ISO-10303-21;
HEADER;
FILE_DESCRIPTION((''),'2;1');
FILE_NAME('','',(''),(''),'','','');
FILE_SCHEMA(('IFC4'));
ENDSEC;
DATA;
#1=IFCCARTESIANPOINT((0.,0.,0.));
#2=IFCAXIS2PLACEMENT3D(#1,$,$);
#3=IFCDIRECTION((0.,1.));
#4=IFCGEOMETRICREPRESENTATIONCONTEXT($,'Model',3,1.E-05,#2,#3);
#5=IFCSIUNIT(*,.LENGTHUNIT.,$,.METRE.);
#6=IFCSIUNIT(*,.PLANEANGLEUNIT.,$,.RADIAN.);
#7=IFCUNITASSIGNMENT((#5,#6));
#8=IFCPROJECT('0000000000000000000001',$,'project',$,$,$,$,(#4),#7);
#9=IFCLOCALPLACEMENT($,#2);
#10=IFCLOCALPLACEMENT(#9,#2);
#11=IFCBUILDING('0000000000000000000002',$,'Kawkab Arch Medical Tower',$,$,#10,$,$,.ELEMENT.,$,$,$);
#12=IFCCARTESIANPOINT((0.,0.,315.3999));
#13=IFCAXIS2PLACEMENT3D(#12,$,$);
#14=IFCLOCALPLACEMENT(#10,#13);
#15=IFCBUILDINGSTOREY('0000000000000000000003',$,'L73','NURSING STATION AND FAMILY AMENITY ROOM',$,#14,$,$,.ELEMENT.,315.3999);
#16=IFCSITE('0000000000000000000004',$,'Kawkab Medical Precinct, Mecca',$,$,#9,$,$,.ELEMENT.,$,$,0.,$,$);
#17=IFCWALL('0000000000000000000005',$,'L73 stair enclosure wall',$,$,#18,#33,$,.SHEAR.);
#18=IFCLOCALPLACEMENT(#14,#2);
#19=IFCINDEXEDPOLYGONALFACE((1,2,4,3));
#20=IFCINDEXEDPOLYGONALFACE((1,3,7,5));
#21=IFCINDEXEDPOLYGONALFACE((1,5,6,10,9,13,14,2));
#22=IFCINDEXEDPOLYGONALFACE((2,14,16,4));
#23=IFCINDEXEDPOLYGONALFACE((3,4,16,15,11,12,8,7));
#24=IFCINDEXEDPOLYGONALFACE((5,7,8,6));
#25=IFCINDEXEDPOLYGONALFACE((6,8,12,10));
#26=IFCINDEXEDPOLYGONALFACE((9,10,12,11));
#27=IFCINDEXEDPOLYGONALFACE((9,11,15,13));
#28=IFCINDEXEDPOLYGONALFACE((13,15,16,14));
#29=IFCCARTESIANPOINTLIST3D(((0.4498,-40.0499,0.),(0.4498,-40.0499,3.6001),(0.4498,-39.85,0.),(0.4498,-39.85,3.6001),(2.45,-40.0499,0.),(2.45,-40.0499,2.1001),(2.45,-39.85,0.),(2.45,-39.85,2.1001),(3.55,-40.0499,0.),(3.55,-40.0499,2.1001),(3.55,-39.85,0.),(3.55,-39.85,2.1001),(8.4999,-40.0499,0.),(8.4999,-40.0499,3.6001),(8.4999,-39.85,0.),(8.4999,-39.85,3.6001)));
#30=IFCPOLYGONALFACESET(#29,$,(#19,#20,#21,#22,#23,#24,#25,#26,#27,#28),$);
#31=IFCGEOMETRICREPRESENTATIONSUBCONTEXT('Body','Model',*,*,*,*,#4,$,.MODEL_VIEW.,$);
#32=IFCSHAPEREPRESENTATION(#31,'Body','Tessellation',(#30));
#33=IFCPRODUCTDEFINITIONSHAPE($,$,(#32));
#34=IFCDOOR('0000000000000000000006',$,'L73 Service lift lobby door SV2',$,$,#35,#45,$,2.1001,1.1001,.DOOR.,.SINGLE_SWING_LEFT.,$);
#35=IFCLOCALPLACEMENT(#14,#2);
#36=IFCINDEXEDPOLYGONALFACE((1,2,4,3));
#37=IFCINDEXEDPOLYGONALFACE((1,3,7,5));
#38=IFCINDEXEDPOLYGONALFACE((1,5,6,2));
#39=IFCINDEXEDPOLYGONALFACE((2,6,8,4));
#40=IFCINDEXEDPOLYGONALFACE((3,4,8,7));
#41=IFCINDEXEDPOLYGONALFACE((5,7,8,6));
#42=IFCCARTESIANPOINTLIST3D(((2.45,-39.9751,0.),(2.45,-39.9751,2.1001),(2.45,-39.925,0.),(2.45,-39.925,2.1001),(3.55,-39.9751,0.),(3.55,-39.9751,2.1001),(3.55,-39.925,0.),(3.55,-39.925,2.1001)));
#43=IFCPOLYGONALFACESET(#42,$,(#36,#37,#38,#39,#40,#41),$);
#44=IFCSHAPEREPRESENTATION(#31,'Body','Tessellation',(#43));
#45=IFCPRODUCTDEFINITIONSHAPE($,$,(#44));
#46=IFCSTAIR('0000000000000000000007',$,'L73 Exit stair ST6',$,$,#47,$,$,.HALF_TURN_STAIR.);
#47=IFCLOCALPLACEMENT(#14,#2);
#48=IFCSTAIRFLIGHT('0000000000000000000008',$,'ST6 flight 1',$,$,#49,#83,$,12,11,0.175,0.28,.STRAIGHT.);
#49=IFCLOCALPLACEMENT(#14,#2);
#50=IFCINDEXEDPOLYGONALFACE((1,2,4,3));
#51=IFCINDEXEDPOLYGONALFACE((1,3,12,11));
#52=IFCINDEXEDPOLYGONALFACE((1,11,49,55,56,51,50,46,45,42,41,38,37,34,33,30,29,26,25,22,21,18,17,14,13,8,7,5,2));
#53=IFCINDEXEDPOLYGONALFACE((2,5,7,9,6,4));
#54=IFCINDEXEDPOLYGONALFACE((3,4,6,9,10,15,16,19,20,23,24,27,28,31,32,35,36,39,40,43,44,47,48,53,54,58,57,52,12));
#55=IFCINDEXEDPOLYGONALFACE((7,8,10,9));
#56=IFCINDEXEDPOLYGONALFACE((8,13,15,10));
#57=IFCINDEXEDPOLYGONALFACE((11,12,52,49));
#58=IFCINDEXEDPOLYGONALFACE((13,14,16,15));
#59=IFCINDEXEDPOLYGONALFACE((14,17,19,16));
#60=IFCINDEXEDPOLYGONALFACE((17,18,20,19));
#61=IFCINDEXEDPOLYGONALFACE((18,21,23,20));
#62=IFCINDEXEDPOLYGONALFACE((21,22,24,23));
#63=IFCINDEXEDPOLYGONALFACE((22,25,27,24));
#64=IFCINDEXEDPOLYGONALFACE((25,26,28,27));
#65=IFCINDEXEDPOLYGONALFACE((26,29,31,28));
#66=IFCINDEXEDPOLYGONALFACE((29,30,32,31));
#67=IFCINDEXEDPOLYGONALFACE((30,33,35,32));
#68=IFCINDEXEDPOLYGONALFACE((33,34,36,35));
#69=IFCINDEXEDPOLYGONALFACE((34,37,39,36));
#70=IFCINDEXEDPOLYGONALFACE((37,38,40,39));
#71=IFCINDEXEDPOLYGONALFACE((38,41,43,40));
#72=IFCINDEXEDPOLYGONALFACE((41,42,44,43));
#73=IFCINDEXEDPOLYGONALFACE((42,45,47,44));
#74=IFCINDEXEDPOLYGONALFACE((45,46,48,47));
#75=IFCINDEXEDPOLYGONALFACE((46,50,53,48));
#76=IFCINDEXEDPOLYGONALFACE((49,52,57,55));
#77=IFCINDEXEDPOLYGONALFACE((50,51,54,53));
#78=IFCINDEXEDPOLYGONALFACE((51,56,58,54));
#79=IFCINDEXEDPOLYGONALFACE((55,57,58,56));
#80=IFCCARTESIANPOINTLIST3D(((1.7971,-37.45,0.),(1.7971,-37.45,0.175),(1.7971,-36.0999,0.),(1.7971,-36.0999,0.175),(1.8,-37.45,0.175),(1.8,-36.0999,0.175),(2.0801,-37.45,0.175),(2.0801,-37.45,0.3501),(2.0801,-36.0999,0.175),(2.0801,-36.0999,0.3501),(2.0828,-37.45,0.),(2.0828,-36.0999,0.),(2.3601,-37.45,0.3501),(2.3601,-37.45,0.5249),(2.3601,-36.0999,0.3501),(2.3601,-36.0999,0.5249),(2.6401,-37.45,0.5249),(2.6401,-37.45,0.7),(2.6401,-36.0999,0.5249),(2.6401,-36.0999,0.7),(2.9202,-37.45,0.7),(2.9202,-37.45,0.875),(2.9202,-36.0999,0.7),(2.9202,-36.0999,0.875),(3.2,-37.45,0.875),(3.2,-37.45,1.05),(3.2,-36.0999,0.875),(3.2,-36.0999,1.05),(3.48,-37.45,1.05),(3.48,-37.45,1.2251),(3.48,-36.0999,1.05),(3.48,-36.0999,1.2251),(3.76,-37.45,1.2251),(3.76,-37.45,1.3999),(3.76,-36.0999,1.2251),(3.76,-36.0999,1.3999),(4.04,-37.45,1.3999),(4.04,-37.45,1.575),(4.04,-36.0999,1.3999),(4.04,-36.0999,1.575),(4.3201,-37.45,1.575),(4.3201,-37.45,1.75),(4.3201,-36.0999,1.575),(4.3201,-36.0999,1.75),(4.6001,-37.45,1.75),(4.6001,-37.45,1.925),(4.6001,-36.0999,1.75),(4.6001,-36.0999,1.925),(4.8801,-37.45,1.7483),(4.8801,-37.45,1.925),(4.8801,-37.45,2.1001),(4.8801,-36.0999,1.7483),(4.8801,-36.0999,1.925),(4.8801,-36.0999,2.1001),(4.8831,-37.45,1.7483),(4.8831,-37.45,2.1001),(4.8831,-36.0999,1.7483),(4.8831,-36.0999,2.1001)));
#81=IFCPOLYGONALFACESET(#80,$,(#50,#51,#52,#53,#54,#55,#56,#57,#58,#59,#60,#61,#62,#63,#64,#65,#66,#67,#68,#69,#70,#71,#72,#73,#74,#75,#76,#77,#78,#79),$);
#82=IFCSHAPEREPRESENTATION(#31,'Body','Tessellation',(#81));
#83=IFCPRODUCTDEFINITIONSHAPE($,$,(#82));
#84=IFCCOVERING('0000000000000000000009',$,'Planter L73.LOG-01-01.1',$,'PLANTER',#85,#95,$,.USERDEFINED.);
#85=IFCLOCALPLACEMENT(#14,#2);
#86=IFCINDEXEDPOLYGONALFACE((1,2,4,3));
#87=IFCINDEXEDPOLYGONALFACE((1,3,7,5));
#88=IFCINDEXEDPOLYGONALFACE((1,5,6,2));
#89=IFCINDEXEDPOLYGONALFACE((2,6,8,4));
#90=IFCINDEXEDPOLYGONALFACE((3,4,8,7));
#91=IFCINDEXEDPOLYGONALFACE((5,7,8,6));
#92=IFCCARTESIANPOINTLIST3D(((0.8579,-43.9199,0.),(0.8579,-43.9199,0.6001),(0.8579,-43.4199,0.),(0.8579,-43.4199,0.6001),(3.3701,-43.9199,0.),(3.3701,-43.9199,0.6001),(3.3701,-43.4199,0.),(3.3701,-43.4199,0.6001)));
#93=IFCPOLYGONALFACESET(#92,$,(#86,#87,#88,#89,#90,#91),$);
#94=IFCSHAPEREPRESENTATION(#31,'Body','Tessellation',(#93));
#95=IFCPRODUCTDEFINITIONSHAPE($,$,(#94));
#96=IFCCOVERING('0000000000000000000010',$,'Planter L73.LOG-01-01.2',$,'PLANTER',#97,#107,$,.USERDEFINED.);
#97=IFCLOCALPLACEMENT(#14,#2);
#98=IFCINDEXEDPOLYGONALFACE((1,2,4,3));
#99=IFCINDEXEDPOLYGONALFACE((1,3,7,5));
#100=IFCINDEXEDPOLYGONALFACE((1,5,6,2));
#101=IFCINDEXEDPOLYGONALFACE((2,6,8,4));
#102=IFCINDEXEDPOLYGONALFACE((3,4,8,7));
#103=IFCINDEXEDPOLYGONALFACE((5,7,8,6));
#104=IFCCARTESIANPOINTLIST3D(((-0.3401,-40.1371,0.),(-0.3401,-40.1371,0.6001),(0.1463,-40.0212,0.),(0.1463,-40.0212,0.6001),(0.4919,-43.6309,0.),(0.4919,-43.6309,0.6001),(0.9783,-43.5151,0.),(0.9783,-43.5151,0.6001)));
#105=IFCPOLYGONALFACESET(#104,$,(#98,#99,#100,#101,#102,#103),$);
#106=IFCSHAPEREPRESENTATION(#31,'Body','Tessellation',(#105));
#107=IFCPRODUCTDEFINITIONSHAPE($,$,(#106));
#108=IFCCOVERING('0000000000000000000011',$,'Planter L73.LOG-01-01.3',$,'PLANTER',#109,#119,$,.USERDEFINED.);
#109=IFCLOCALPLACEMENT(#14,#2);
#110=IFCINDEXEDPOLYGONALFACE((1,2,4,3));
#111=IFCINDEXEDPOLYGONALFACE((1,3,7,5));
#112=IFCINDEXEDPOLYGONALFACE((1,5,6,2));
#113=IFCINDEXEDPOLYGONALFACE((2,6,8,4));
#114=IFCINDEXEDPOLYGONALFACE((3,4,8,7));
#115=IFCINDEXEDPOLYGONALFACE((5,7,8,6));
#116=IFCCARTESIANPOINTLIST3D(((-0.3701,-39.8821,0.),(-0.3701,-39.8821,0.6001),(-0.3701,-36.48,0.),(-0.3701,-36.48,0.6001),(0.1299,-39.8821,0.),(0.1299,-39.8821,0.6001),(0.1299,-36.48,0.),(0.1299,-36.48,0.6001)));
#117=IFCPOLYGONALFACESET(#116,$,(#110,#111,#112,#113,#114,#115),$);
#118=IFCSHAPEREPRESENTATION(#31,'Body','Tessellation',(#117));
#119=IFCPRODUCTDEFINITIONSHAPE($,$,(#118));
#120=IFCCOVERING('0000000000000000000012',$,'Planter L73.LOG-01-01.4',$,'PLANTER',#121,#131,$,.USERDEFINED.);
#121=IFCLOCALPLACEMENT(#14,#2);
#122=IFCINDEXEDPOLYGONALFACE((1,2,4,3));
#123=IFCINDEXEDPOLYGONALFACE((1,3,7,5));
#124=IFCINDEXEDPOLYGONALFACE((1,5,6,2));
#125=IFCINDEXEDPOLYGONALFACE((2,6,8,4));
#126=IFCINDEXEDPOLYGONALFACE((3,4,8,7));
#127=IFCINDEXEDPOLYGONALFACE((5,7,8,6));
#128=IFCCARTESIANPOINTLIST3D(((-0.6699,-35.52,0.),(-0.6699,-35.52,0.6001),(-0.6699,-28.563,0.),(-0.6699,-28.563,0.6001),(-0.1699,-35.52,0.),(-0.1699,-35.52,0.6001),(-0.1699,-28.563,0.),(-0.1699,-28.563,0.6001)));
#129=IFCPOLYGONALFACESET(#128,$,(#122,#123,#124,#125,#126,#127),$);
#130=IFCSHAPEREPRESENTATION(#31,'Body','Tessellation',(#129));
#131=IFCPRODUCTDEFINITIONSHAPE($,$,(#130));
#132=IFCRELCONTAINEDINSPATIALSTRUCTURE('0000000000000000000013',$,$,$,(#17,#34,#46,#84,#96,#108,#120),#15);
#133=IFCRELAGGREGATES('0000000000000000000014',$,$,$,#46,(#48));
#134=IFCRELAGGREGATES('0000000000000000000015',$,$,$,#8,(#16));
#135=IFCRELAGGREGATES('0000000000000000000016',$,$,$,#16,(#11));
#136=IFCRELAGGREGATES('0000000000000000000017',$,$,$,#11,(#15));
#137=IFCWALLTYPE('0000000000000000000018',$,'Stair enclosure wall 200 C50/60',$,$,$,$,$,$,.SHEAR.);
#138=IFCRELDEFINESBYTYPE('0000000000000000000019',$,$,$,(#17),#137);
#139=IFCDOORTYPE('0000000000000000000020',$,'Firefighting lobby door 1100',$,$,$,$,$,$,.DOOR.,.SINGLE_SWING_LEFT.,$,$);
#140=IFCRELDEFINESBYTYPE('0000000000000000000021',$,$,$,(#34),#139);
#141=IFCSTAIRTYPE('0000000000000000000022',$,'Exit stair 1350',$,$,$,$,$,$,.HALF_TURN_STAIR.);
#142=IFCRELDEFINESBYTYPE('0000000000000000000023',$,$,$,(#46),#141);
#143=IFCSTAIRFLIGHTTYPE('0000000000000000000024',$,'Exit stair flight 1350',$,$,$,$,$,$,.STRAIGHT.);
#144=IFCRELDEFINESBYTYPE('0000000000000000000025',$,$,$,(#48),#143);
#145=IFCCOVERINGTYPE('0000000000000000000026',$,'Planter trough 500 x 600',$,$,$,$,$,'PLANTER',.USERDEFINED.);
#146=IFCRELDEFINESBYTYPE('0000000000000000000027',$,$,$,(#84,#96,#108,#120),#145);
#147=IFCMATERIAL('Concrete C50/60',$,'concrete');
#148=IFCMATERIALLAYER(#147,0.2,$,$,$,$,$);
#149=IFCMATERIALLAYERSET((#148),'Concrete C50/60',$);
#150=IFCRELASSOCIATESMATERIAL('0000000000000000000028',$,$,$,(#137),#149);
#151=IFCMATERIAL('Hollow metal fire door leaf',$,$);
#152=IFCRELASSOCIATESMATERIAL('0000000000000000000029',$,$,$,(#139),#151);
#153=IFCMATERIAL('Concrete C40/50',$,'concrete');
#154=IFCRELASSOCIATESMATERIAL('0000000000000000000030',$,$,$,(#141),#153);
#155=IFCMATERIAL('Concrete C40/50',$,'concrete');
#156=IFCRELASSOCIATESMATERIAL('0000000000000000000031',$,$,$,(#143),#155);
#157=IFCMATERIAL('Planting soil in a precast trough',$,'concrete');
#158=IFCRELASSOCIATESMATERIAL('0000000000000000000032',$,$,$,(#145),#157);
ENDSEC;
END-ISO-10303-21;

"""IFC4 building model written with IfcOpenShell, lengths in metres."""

from ifc_helpers import new_model, si_unit, direction, frame, frame_2d, origin, origin_2d, place, context, subcontext, project, spatial, polyline, rectangle, outline, extrude, material, layer, layer_set, material_profile, profile_set, type_object, element, fill, aggregate, save


model = new_model("IFC4")

# Units and contexts
model_context = context("Model", 3, precision=1e-05, world=origin(), true_north=direction((0.0, 1.0)))
body_context = subcontext(model_context, "Body", "Model", "MODEL_VIEW")
ifc_project = project(units=[si_unit("LENGTHUNIT", "METRE"), si_unit("PLANEANGLEUNIT", "RADIAN")], contexts=[model_context])

# Site, building, storey
site_placement = place(None, origin())
site = spatial("IfcSite", under=ifc_project, at=site_placement, Name="Kawkab Medical Precinct, Mecca", CompositionType="ELEMENT", RefElevation=0.0)
building_placement = place(site_placement, origin())
building = spatial("IfcBuilding", under=site, at=building_placement, Name="Kawkab Arch Medical Tower", CompositionType="ELEMENT")
storey_placement = place(building_placement, frame((0.0, 0.0, 315.3999)))
storey = spatial("IfcBuildingStorey", under=building, at=storey_placement, Name="L73", Description="NURSING STATION AND FAMILY AMENITY ROOM", CompositionType="ELEMENT", Elevation=315.3999)

# Shared definitions
placement = place(storey_placement, origin())

# Wall, opening, door
ifc_material_1 = material(Name="Concrete C50/60", Category="concrete")
ifc_layer_1 = layer(ifc_material_1, 0.2)
ifc_layer_set_1 = layer_set([ifc_layer_1], Name="Concrete C50/60")
wall_type_1 = type_object("IfcWallType", Name="Stair enclosure wall 200 C50/60", PredefinedType="SHEAR", material=ifc_layer_set_1)
wall_1_placement = place(storey_placement, frame((0.45, -39.95, 0.0), z_axis=(0.0, 0.0, 1.0), x_axis=(1.0, 0.0, 0.0)))
wall_1 = element("IfcWall", 1, at=wall_1_placement, inside=storey, type_object=wall_type_1, Name="L73 stair enclosure wall", PredefinedType="SHEAR", context=body_context, shape_type="SweptSolid", body=[
    extrude(rectangle(XDim=8.05, YDim=0.2, at=frame_2d((4.0249, 0.0))), origin(), (0.0, 0.0, 1.0), 3.6001),
])
opening_1_placement = place(wall_1_placement, frame((2.0, 0.0, 0.0)))
opening_1 = element("IfcOpeningElement", 2, at=opening_1_placement, cuts=wall_1, PredefinedType="OPENING", context=body_context, shape_type="SweptSolid", body=[
    extrude(rectangle(XDim=1.1001, YDim=2.1001, at=frame_2d((0.55, 1.05))), frame((0.0, 0.1099, 0.0), z_axis=(0.0, -1.0, 0.0), x_axis=(1.0, 0.0, 0.0)), (0.0, 0.0, 1.0), 0.22),
])
ifc_material_2 = material(Name="Hollow metal fire door leaf")
door_type_1 = type_object("IfcDoorType", Name="Firefighting lobby door 1100", OperationType="SINGLE_SWING_LEFT", PredefinedType="DOOR", material=ifc_material_2)
door_1_placement = place(opening_1_placement, origin())
door_1 = element("IfcDoor", 3, at=door_1_placement, inside=storey, type_object=door_type_1, Name="L73 Service lift lobby door SV2", OperationType="SINGLE_SWING_LEFT", OverallHeight=2.1001, OverallWidth=1.1001, PredefinedType="DOOR", context=body_context, shape_type="SweptSolid", body=[
    extrude(rectangle(XDim=1.1001, YDim=2.1001, at=frame_2d((0.55, 1.05))), frame((0.0, 0.0249, 0.0), z_axis=(0.0, -1.0, 0.0), x_axis=(1.0, 0.0, 0.0)), (0.0, 0.0, 1.0), 0.05),
])
fill(opening_1, door_1)

# Stair, stair flight
ifc_material_3 = material(Name="Concrete C40/50", Category="concrete")
stair_type = type_object("IfcStairType", Name="Exit stair 1350", PredefinedType="HALF_TURN_STAIR", material=ifc_material_3)
stair = element("IfcStair", 4, at=placement, inside=storey, type_object=stair_type, Name="L73 Exit stair ST6", PredefinedType="HALF_TURN_STAIR")
ifc_material_4 = material(Name="Concrete C40/50", Category="concrete")
stair_flight_type = type_object("IfcStairFlightType", Name="Exit stair flight 1350", PredefinedType="STRAIGHT", material=ifc_material_4)
stair_flight_placement = place(storey_placement, frame((1.8, -36.7749, 0.0), z_axis=(0.0, 0.0, 1.0), x_axis=(1.0, 0.0, 0.0)))
stair_flight = element("IfcStairFlight", 5, at=stair_flight_placement, type_object=stair_flight_type, Name="ST6 flight 1", NumberOfRisers=12, NumberOfTreads=11, PredefinedType="STRAIGHT", RiserHeight=0.175, TreadLength=0.28, context=body_context, shape_type="SweptSolid", body=[
    extrude(outline(polyline([(-0.0029, 0.0), (-0.0029, 0.175), (0.0, 0.175), (0.28, 0.175), (0.28, 0.3501), (0.5601, 0.3501), (0.5601, 0.5249), (0.8401, 0.5249), (0.8401, 0.7), (1.1201, 0.7), (1.1201, 0.875), (1.3999, 0.875), (1.3999, 1.05), (1.6799, 1.05), (1.6799, 1.2251), (1.96, 1.2251), (1.96, 1.3999), (2.24, 1.3999), (2.24, 1.575), (2.52, 1.575), (2.52, 1.75), (2.8, 1.75), (2.8, 1.925), (3.0801, 1.925), (3.0801, 2.1001), (3.083, 2.1001), (3.083, 1.7483), (3.0801, 1.7483), (0.2827, 0.0), (-0.0029, 0.0)])), frame((0.0, 0.675, 0.0), z_axis=(0.0, -1.0, 0.0), x_axis=(1.0, 0.0, 0.0)), (0.0, 0.0, 1.0), 1.3501),
])
aggregate(stair, [stair_flight])

# Coverings
ifc_material_5 = material(Name="Planting soil in a precast trough", Category="concrete")
ifc_material_profile_1 = material_profile(ifc_material_5, rectangle(XDim=0.5, YDim=0.6001, at=origin_2d()), Name="Trough 500x600")
ifc_profile_set_1 = profile_set([ifc_material_profile_1], Name="Planting soil in a precast trough")
covering_type = type_object("IfcCoveringType", Name="Planter trough 500 x 600", ElementType="PLANTER", PredefinedType="USERDEFINED", material=ifc_profile_set_1)
covering_1_placement = place(storey_placement, frame((3.3701, -43.6699, 0.3), z_axis=(-1.0, 0.0, 0.0), x_axis=(0.0, -1.0, 0.0)))
element("IfcCovering", 6, at=covering_1_placement, inside=storey, type_object=covering_type, Name="Planter L73.LOG-01-01.1", ObjectType="PLANTER", PredefinedType="USERDEFINED", context=body_context, shape_type="SweptSolid", body=[
    extrude(rectangle(XDim=0.5, YDim=0.6001, at=origin_2d()), origin(), (0.0, 0.0, 1.0), 2.5122),
])
covering_2_placement = place(storey_placement, frame((0.7351, -43.573, 0.3), z_axis=(-0.23166, 0.972797, 0.0), x_axis=(-0.972797, -0.23166, 0.0)))
element("IfcCovering", 7, at=covering_2_placement, inside=storey, type_object=covering_type, Name="Planter L73.LOG-01-01.2", ObjectType="PLANTER", PredefinedType="USERDEFINED", context=body_context, shape_type="SweptSolid", body=[
    extrude(rectangle(XDim=0.5, YDim=0.6001, at=origin_2d()), origin(), (0.0, 0.0, 1.0), 3.5916),
])
covering_3_placement = place(storey_placement, frame((-0.1201, -39.8821, 0.3), z_axis=(0.0, 1.0, 0.0), x_axis=(-1.0, 0.0, 0.0)))
element("IfcCovering", 8, at=covering_3_placement, inside=storey, type_object=covering_type, Name="Planter L73.LOG-01-01.3", ObjectType="PLANTER", PredefinedType="USERDEFINED", context=body_context, shape_type="SweptSolid", body=[
    extrude(rectangle(XDim=0.5, YDim=0.6001, at=origin_2d()), origin(), (0.0, 0.0, 1.0), 3.4021),
])
covering_4_placement = place(storey_placement, frame((-0.4199, -35.52, 0.3), z_axis=(0.0, 1.0, 0.0), x_axis=(-1.0, 0.0, 0.0)))
element("IfcCovering", 9, at=covering_4_placement, inside=storey, type_object=covering_type, Name="Planter L73.LOG-01-01.4", ObjectType="PLANTER", PredefinedType="USERDEFINED", context=body_context, shape_type="SweptSolid", body=[
    extrude(rectangle(XDim=0.5, YDim=0.6001, at=origin_2d()), origin(), (0.0, 0.0, 1.0), 6.957),
])

save(model, "model.ifc")
